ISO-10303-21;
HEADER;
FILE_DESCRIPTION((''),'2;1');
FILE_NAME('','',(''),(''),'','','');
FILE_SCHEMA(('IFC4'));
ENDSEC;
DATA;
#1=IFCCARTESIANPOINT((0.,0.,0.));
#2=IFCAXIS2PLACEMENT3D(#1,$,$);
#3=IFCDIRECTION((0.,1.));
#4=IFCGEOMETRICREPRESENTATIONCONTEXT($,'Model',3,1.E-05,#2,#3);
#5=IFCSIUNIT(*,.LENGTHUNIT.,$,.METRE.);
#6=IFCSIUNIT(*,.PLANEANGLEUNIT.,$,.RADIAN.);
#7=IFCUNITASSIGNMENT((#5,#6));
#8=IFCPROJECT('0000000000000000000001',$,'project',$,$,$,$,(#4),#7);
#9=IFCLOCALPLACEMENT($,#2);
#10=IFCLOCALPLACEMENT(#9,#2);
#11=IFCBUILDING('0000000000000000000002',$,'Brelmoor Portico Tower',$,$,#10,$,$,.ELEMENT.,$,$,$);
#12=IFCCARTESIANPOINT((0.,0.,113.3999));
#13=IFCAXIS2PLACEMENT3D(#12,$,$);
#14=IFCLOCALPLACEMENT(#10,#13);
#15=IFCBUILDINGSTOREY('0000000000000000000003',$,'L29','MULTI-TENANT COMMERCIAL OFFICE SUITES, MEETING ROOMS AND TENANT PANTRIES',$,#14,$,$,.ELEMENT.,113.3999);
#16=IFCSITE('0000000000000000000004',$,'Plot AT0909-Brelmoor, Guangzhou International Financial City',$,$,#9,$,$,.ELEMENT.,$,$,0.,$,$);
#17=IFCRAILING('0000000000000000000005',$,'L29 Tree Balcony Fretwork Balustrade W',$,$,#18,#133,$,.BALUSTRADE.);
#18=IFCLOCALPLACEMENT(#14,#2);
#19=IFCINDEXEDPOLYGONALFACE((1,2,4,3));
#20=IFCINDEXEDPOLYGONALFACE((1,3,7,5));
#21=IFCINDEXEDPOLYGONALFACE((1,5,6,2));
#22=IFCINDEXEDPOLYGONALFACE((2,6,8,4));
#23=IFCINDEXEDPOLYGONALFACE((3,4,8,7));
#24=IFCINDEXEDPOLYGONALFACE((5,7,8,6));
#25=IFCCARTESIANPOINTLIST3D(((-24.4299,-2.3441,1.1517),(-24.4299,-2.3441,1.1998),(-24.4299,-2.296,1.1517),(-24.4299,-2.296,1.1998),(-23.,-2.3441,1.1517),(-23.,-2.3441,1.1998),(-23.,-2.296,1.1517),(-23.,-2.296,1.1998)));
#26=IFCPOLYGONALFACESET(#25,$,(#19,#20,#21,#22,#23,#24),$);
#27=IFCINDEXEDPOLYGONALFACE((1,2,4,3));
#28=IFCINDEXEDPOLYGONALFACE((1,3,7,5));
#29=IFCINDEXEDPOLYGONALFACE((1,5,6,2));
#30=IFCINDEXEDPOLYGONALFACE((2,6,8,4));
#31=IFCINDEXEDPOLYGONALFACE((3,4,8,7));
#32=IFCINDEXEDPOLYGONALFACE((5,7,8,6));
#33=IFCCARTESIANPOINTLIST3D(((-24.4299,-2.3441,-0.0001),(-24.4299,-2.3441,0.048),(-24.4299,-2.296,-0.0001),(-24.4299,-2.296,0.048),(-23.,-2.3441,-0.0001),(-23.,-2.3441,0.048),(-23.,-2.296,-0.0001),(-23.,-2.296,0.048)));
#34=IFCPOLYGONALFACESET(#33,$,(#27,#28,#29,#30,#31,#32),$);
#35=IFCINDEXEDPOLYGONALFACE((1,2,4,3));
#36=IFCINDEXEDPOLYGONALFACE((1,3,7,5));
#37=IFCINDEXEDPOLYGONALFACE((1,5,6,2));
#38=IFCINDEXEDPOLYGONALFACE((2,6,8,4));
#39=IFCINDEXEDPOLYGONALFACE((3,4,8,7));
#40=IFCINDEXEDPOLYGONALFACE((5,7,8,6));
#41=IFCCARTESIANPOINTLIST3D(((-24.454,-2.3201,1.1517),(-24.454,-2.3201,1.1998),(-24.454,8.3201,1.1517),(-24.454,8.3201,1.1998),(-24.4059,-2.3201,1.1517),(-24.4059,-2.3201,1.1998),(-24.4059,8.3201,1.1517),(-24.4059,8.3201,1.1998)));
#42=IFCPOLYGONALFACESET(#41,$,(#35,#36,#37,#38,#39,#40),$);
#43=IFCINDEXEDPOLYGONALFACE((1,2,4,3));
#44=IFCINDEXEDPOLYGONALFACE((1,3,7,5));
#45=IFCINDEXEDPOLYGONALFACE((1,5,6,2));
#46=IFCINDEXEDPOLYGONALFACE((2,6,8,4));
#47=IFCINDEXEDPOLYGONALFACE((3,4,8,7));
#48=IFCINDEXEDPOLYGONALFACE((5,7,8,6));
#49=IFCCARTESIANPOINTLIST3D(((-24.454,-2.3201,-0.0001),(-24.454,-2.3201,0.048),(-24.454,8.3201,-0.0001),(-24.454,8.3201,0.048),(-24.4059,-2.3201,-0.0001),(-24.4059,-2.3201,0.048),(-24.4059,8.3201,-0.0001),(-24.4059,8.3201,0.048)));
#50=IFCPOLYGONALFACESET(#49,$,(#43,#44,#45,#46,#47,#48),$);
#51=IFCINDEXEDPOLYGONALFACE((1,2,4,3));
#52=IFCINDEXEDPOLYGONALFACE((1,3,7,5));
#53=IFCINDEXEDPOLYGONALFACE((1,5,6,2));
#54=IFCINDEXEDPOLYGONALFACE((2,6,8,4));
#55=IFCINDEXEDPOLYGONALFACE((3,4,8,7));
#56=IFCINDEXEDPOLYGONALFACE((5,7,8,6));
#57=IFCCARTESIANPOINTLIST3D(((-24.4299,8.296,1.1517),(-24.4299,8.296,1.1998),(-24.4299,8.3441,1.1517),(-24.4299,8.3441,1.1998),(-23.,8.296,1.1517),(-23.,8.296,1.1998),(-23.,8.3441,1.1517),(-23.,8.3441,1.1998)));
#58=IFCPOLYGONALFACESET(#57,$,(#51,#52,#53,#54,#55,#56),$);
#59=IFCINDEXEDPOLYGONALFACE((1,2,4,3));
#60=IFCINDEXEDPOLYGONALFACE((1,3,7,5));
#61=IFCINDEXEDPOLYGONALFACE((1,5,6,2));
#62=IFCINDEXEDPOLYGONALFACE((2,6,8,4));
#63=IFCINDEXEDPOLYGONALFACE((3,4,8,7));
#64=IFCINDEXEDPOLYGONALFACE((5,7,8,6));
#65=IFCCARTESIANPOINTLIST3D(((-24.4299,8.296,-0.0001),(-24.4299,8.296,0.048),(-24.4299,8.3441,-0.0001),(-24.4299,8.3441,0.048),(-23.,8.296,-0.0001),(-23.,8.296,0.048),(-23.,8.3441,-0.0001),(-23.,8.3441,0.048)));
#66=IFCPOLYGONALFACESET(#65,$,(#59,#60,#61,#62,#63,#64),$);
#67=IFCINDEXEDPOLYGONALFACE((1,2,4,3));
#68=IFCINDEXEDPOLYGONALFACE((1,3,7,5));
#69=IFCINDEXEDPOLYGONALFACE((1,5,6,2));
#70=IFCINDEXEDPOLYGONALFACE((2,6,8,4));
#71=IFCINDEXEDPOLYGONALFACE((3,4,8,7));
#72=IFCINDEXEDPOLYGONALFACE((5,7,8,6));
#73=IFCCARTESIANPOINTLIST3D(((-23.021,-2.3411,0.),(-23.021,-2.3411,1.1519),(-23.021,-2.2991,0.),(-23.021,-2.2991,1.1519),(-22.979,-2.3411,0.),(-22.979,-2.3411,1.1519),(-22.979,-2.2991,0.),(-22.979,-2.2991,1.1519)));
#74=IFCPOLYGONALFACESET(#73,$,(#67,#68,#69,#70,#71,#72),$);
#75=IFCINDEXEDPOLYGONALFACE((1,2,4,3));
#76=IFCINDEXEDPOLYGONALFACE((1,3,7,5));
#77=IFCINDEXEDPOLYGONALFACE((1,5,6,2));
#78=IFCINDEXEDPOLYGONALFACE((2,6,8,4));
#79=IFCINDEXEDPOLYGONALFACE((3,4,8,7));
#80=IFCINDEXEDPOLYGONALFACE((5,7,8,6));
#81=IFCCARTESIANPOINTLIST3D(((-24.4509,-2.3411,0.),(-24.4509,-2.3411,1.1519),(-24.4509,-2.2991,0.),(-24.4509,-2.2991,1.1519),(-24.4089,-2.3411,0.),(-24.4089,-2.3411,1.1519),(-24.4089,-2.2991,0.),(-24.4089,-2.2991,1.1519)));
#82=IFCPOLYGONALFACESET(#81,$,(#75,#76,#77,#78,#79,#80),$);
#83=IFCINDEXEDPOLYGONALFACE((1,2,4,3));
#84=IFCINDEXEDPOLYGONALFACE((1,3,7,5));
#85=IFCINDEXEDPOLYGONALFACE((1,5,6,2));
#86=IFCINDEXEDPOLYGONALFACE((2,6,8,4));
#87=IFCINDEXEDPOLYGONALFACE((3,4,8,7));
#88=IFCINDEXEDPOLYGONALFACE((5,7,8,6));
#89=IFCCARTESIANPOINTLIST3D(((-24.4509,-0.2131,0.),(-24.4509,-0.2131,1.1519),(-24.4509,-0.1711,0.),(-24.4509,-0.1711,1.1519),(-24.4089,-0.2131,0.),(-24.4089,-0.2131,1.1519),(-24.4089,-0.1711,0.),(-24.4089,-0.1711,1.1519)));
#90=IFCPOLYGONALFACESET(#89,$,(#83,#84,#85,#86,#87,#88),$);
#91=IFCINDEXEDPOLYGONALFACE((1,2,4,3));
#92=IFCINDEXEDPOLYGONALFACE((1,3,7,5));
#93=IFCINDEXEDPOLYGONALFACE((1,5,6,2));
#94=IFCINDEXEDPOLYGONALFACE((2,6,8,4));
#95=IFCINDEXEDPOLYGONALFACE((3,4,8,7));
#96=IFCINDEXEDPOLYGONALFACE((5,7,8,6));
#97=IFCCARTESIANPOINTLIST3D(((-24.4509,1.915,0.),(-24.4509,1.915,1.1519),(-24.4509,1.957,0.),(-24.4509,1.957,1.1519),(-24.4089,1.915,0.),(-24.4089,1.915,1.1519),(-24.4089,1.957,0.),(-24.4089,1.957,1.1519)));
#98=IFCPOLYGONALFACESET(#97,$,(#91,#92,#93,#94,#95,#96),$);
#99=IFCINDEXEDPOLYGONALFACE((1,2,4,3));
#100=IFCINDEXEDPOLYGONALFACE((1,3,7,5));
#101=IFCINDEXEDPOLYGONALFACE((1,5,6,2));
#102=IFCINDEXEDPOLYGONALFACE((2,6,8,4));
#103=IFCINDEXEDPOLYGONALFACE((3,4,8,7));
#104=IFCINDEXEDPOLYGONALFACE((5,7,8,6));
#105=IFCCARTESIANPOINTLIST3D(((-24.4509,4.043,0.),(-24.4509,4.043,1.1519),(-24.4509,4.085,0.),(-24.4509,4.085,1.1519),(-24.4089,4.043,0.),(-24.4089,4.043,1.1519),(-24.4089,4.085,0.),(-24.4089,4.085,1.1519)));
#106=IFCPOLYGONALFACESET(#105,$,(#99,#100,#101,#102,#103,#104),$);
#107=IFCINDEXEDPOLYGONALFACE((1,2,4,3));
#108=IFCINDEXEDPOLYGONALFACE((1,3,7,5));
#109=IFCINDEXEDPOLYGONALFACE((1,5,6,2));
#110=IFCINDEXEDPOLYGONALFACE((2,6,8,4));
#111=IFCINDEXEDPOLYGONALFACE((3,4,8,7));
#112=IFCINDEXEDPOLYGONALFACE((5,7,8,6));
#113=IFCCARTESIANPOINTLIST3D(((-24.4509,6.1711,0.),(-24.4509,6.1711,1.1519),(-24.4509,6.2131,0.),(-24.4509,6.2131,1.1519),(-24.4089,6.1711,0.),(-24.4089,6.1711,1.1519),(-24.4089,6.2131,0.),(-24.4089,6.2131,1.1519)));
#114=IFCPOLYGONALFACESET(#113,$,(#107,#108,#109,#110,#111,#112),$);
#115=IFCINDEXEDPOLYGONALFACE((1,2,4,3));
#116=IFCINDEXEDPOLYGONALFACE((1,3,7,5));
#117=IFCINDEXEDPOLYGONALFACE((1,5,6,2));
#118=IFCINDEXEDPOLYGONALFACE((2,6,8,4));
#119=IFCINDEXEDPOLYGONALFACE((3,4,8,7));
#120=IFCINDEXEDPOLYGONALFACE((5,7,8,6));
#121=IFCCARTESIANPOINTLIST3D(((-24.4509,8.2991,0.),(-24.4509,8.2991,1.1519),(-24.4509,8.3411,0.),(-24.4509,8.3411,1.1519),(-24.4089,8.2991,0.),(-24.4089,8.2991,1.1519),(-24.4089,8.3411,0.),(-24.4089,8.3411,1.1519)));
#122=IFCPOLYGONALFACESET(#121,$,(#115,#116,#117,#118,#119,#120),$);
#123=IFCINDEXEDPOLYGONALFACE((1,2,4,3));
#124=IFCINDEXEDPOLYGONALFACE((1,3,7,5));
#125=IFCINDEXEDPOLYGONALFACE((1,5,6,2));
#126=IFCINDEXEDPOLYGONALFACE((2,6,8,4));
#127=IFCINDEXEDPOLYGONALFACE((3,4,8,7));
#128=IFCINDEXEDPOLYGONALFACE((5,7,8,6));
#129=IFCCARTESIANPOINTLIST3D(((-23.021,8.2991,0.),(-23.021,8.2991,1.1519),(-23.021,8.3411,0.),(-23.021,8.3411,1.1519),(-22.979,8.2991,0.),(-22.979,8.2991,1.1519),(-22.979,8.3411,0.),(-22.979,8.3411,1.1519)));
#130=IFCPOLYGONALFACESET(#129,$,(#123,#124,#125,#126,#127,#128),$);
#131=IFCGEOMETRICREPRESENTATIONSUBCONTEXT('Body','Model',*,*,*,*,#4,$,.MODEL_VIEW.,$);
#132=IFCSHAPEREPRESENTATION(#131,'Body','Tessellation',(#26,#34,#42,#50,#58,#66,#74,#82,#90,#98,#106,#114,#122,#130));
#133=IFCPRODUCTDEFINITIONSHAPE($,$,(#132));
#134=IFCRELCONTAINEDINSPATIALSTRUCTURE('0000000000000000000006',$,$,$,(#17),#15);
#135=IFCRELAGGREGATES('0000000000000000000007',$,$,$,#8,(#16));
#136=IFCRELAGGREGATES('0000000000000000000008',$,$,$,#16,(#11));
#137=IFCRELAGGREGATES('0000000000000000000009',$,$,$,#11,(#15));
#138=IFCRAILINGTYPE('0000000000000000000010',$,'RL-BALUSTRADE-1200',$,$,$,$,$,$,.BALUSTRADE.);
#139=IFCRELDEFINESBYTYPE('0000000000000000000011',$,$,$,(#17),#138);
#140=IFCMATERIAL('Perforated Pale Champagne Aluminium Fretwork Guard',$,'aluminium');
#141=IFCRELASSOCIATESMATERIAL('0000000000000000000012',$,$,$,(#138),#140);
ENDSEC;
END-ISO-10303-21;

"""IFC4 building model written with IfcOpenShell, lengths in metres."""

from ifc_helpers import new_model, si_unit, direction, frame, origin, origin_2d, place, context, subcontext, project, spatial, rectangle, extrude, material, type_object, element, save


model = new_model("IFC4")

# Units and contexts
model_context = context("Model", 3, precision=1e-05, world=origin(), true_north=direction((0.0, 1.0)))
body_context = subcontext(model_context, "Body", "Model", "MODEL_VIEW")
ifc_project = project(units=[si_unit("LENGTHUNIT", "METRE"), si_unit("PLANEANGLEUNIT", "RADIAN")], contexts=[model_context])

# Site, building, storey
site_placement = place(None, origin())
site = spatial("IfcSite", under=ifc_project, at=site_placement, Name="Plot AT0909-Brelmoor, Guangzhou International Financial City", CompositionType="ELEMENT", RefElevation=0.0)
building_placement = place(site_placement, origin())
building = spatial("IfcBuilding", under=site, at=building_placement, Name="Brelmoor Portico Tower", CompositionType="ELEMENT")
storey_placement = place(building_placement, frame((0.0, 0.0, 113.3999)))
storey = spatial("IfcBuildingStorey", under=building, at=storey_placement, Name="L29", Description="MULTI-TENANT COMMERCIAL OFFICE SUITES, MEETING ROOMS AND TENANT PANTRIES", CompositionType="ELEMENT", Elevation=113.3999)

# Railing
ifc_material_1 = material(Name="Perforated Pale Champagne Aluminium Fretwork Guard", Category="aluminium")
railing_type = type_object("IfcRailingType", Name="RL-BALUSTRADE-1200", PredefinedType="BALUSTRADE", material=ifc_material_1)
railing_placement = place(storey_placement, frame((-23.0, -2.3201, 0.0)))
element("IfcRailing", 1, at=railing_placement, inside=storey, type_object=railing_type, Name="L29 Tree Balcony Fretwork Balustrade W", PredefinedType="BALUSTRADE", context=body_context, shape_type="SweptSolid", body=[
    extrude(rectangle(XDim=0.0481, YDim=0.0481, at=origin_2d()), frame((0.0, 0.0, 1.1758), z_axis=(-1.0, 0.0, 0.0), x_axis=(0.0, -1.0, 0.0)), (0.0, 0.0, 1.0), 1.4299),
    extrude(rectangle(XDim=0.0481, YDim=0.0481, at=origin_2d()), frame((0.0, 0.0, 0.0239), z_axis=(-1.0, 0.0, 0.0), x_axis=(0.0, -1.0, 0.0)), (0.0, 0.0, 1.0), 1.4299),
    extrude(rectangle(XDim=0.0481, YDim=0.0481, at=origin_2d()), frame((-1.4299, 0.0, 1.1758), z_axis=(0.0, 1.0, 0.0), x_axis=(-1.0, 0.0, 0.0)), (0.0, 0.0, 1.0), 10.6401),
    extrude(rectangle(XDim=0.0481, YDim=0.0481, at=origin_2d()), frame((-1.4299, 0.0, 0.0239), z_axis=(0.0, 1.0, 0.0), x_axis=(-1.0, 0.0, 0.0)), (0.0, 0.0, 1.0), 10.6401),
    extrude(rectangle(XDim=0.0481, YDim=0.0481, at=origin_2d()), frame((-1.4299, 10.6401, 1.1758), z_axis=(1.0, 0.0, 0.0), x_axis=(0.0, 1.0, 0.0)), (0.0, 0.0, 1.0), 1.4299),
    extrude(rectangle(XDim=0.0481, YDim=0.0481, at=origin_2d()), frame((-1.4299, 10.6401, 0.0239), z_axis=(1.0, 0.0, 0.0), x_axis=(0.0, 1.0, 0.0)), (0.0, 0.0, 1.0), 1.4299),
    extrude(rectangle(XDim=0.042, YDim=0.042, at=origin_2d()), origin(), (0.0, 0.0, 1.0), 1.1519),
    extrude(rectangle(XDim=0.042, YDim=0.042, at=origin_2d()), frame((-1.4299, 0.0, 0.0)), (0.0, 0.0, 1.0), 1.1519),
    extrude(rectangle(XDim=0.042, YDim=0.042, at=origin_2d()), frame((-1.4299, 2.1279, 0.0)), (0.0, 0.0, 1.0), 1.1519),
    extrude(rectangle(XDim=0.042, YDim=0.042, at=origin_2d()), frame((-1.4299, 4.2561, 0.0)), (0.0, 0.0, 1.0), 1.1519),
    extrude(rectangle(XDim=0.042, YDim=0.042, at=origin_2d()), frame((-1.4299, 6.384, 0.0)), (0.0, 0.0, 1.0), 1.1519),
    extrude(rectangle(XDim=0.042, YDim=0.042, at=origin_2d()), frame((-1.4299, 8.5122, 0.0)), (0.0, 0.0, 1.0), 1.1519),
    extrude(rectangle(XDim=0.042, YDim=0.042, at=origin_2d()), frame((-1.4299, 10.6401, 0.0)), (0.0, 0.0, 1.0), 1.1519),
    extrude(rectangle(XDim=0.042, YDim=0.042, at=origin_2d()), frame((0.0, 10.6401, 0.0)), (0.0, 0.0, 1.0), 1.1519),
])

save(model, "model.ifc")
